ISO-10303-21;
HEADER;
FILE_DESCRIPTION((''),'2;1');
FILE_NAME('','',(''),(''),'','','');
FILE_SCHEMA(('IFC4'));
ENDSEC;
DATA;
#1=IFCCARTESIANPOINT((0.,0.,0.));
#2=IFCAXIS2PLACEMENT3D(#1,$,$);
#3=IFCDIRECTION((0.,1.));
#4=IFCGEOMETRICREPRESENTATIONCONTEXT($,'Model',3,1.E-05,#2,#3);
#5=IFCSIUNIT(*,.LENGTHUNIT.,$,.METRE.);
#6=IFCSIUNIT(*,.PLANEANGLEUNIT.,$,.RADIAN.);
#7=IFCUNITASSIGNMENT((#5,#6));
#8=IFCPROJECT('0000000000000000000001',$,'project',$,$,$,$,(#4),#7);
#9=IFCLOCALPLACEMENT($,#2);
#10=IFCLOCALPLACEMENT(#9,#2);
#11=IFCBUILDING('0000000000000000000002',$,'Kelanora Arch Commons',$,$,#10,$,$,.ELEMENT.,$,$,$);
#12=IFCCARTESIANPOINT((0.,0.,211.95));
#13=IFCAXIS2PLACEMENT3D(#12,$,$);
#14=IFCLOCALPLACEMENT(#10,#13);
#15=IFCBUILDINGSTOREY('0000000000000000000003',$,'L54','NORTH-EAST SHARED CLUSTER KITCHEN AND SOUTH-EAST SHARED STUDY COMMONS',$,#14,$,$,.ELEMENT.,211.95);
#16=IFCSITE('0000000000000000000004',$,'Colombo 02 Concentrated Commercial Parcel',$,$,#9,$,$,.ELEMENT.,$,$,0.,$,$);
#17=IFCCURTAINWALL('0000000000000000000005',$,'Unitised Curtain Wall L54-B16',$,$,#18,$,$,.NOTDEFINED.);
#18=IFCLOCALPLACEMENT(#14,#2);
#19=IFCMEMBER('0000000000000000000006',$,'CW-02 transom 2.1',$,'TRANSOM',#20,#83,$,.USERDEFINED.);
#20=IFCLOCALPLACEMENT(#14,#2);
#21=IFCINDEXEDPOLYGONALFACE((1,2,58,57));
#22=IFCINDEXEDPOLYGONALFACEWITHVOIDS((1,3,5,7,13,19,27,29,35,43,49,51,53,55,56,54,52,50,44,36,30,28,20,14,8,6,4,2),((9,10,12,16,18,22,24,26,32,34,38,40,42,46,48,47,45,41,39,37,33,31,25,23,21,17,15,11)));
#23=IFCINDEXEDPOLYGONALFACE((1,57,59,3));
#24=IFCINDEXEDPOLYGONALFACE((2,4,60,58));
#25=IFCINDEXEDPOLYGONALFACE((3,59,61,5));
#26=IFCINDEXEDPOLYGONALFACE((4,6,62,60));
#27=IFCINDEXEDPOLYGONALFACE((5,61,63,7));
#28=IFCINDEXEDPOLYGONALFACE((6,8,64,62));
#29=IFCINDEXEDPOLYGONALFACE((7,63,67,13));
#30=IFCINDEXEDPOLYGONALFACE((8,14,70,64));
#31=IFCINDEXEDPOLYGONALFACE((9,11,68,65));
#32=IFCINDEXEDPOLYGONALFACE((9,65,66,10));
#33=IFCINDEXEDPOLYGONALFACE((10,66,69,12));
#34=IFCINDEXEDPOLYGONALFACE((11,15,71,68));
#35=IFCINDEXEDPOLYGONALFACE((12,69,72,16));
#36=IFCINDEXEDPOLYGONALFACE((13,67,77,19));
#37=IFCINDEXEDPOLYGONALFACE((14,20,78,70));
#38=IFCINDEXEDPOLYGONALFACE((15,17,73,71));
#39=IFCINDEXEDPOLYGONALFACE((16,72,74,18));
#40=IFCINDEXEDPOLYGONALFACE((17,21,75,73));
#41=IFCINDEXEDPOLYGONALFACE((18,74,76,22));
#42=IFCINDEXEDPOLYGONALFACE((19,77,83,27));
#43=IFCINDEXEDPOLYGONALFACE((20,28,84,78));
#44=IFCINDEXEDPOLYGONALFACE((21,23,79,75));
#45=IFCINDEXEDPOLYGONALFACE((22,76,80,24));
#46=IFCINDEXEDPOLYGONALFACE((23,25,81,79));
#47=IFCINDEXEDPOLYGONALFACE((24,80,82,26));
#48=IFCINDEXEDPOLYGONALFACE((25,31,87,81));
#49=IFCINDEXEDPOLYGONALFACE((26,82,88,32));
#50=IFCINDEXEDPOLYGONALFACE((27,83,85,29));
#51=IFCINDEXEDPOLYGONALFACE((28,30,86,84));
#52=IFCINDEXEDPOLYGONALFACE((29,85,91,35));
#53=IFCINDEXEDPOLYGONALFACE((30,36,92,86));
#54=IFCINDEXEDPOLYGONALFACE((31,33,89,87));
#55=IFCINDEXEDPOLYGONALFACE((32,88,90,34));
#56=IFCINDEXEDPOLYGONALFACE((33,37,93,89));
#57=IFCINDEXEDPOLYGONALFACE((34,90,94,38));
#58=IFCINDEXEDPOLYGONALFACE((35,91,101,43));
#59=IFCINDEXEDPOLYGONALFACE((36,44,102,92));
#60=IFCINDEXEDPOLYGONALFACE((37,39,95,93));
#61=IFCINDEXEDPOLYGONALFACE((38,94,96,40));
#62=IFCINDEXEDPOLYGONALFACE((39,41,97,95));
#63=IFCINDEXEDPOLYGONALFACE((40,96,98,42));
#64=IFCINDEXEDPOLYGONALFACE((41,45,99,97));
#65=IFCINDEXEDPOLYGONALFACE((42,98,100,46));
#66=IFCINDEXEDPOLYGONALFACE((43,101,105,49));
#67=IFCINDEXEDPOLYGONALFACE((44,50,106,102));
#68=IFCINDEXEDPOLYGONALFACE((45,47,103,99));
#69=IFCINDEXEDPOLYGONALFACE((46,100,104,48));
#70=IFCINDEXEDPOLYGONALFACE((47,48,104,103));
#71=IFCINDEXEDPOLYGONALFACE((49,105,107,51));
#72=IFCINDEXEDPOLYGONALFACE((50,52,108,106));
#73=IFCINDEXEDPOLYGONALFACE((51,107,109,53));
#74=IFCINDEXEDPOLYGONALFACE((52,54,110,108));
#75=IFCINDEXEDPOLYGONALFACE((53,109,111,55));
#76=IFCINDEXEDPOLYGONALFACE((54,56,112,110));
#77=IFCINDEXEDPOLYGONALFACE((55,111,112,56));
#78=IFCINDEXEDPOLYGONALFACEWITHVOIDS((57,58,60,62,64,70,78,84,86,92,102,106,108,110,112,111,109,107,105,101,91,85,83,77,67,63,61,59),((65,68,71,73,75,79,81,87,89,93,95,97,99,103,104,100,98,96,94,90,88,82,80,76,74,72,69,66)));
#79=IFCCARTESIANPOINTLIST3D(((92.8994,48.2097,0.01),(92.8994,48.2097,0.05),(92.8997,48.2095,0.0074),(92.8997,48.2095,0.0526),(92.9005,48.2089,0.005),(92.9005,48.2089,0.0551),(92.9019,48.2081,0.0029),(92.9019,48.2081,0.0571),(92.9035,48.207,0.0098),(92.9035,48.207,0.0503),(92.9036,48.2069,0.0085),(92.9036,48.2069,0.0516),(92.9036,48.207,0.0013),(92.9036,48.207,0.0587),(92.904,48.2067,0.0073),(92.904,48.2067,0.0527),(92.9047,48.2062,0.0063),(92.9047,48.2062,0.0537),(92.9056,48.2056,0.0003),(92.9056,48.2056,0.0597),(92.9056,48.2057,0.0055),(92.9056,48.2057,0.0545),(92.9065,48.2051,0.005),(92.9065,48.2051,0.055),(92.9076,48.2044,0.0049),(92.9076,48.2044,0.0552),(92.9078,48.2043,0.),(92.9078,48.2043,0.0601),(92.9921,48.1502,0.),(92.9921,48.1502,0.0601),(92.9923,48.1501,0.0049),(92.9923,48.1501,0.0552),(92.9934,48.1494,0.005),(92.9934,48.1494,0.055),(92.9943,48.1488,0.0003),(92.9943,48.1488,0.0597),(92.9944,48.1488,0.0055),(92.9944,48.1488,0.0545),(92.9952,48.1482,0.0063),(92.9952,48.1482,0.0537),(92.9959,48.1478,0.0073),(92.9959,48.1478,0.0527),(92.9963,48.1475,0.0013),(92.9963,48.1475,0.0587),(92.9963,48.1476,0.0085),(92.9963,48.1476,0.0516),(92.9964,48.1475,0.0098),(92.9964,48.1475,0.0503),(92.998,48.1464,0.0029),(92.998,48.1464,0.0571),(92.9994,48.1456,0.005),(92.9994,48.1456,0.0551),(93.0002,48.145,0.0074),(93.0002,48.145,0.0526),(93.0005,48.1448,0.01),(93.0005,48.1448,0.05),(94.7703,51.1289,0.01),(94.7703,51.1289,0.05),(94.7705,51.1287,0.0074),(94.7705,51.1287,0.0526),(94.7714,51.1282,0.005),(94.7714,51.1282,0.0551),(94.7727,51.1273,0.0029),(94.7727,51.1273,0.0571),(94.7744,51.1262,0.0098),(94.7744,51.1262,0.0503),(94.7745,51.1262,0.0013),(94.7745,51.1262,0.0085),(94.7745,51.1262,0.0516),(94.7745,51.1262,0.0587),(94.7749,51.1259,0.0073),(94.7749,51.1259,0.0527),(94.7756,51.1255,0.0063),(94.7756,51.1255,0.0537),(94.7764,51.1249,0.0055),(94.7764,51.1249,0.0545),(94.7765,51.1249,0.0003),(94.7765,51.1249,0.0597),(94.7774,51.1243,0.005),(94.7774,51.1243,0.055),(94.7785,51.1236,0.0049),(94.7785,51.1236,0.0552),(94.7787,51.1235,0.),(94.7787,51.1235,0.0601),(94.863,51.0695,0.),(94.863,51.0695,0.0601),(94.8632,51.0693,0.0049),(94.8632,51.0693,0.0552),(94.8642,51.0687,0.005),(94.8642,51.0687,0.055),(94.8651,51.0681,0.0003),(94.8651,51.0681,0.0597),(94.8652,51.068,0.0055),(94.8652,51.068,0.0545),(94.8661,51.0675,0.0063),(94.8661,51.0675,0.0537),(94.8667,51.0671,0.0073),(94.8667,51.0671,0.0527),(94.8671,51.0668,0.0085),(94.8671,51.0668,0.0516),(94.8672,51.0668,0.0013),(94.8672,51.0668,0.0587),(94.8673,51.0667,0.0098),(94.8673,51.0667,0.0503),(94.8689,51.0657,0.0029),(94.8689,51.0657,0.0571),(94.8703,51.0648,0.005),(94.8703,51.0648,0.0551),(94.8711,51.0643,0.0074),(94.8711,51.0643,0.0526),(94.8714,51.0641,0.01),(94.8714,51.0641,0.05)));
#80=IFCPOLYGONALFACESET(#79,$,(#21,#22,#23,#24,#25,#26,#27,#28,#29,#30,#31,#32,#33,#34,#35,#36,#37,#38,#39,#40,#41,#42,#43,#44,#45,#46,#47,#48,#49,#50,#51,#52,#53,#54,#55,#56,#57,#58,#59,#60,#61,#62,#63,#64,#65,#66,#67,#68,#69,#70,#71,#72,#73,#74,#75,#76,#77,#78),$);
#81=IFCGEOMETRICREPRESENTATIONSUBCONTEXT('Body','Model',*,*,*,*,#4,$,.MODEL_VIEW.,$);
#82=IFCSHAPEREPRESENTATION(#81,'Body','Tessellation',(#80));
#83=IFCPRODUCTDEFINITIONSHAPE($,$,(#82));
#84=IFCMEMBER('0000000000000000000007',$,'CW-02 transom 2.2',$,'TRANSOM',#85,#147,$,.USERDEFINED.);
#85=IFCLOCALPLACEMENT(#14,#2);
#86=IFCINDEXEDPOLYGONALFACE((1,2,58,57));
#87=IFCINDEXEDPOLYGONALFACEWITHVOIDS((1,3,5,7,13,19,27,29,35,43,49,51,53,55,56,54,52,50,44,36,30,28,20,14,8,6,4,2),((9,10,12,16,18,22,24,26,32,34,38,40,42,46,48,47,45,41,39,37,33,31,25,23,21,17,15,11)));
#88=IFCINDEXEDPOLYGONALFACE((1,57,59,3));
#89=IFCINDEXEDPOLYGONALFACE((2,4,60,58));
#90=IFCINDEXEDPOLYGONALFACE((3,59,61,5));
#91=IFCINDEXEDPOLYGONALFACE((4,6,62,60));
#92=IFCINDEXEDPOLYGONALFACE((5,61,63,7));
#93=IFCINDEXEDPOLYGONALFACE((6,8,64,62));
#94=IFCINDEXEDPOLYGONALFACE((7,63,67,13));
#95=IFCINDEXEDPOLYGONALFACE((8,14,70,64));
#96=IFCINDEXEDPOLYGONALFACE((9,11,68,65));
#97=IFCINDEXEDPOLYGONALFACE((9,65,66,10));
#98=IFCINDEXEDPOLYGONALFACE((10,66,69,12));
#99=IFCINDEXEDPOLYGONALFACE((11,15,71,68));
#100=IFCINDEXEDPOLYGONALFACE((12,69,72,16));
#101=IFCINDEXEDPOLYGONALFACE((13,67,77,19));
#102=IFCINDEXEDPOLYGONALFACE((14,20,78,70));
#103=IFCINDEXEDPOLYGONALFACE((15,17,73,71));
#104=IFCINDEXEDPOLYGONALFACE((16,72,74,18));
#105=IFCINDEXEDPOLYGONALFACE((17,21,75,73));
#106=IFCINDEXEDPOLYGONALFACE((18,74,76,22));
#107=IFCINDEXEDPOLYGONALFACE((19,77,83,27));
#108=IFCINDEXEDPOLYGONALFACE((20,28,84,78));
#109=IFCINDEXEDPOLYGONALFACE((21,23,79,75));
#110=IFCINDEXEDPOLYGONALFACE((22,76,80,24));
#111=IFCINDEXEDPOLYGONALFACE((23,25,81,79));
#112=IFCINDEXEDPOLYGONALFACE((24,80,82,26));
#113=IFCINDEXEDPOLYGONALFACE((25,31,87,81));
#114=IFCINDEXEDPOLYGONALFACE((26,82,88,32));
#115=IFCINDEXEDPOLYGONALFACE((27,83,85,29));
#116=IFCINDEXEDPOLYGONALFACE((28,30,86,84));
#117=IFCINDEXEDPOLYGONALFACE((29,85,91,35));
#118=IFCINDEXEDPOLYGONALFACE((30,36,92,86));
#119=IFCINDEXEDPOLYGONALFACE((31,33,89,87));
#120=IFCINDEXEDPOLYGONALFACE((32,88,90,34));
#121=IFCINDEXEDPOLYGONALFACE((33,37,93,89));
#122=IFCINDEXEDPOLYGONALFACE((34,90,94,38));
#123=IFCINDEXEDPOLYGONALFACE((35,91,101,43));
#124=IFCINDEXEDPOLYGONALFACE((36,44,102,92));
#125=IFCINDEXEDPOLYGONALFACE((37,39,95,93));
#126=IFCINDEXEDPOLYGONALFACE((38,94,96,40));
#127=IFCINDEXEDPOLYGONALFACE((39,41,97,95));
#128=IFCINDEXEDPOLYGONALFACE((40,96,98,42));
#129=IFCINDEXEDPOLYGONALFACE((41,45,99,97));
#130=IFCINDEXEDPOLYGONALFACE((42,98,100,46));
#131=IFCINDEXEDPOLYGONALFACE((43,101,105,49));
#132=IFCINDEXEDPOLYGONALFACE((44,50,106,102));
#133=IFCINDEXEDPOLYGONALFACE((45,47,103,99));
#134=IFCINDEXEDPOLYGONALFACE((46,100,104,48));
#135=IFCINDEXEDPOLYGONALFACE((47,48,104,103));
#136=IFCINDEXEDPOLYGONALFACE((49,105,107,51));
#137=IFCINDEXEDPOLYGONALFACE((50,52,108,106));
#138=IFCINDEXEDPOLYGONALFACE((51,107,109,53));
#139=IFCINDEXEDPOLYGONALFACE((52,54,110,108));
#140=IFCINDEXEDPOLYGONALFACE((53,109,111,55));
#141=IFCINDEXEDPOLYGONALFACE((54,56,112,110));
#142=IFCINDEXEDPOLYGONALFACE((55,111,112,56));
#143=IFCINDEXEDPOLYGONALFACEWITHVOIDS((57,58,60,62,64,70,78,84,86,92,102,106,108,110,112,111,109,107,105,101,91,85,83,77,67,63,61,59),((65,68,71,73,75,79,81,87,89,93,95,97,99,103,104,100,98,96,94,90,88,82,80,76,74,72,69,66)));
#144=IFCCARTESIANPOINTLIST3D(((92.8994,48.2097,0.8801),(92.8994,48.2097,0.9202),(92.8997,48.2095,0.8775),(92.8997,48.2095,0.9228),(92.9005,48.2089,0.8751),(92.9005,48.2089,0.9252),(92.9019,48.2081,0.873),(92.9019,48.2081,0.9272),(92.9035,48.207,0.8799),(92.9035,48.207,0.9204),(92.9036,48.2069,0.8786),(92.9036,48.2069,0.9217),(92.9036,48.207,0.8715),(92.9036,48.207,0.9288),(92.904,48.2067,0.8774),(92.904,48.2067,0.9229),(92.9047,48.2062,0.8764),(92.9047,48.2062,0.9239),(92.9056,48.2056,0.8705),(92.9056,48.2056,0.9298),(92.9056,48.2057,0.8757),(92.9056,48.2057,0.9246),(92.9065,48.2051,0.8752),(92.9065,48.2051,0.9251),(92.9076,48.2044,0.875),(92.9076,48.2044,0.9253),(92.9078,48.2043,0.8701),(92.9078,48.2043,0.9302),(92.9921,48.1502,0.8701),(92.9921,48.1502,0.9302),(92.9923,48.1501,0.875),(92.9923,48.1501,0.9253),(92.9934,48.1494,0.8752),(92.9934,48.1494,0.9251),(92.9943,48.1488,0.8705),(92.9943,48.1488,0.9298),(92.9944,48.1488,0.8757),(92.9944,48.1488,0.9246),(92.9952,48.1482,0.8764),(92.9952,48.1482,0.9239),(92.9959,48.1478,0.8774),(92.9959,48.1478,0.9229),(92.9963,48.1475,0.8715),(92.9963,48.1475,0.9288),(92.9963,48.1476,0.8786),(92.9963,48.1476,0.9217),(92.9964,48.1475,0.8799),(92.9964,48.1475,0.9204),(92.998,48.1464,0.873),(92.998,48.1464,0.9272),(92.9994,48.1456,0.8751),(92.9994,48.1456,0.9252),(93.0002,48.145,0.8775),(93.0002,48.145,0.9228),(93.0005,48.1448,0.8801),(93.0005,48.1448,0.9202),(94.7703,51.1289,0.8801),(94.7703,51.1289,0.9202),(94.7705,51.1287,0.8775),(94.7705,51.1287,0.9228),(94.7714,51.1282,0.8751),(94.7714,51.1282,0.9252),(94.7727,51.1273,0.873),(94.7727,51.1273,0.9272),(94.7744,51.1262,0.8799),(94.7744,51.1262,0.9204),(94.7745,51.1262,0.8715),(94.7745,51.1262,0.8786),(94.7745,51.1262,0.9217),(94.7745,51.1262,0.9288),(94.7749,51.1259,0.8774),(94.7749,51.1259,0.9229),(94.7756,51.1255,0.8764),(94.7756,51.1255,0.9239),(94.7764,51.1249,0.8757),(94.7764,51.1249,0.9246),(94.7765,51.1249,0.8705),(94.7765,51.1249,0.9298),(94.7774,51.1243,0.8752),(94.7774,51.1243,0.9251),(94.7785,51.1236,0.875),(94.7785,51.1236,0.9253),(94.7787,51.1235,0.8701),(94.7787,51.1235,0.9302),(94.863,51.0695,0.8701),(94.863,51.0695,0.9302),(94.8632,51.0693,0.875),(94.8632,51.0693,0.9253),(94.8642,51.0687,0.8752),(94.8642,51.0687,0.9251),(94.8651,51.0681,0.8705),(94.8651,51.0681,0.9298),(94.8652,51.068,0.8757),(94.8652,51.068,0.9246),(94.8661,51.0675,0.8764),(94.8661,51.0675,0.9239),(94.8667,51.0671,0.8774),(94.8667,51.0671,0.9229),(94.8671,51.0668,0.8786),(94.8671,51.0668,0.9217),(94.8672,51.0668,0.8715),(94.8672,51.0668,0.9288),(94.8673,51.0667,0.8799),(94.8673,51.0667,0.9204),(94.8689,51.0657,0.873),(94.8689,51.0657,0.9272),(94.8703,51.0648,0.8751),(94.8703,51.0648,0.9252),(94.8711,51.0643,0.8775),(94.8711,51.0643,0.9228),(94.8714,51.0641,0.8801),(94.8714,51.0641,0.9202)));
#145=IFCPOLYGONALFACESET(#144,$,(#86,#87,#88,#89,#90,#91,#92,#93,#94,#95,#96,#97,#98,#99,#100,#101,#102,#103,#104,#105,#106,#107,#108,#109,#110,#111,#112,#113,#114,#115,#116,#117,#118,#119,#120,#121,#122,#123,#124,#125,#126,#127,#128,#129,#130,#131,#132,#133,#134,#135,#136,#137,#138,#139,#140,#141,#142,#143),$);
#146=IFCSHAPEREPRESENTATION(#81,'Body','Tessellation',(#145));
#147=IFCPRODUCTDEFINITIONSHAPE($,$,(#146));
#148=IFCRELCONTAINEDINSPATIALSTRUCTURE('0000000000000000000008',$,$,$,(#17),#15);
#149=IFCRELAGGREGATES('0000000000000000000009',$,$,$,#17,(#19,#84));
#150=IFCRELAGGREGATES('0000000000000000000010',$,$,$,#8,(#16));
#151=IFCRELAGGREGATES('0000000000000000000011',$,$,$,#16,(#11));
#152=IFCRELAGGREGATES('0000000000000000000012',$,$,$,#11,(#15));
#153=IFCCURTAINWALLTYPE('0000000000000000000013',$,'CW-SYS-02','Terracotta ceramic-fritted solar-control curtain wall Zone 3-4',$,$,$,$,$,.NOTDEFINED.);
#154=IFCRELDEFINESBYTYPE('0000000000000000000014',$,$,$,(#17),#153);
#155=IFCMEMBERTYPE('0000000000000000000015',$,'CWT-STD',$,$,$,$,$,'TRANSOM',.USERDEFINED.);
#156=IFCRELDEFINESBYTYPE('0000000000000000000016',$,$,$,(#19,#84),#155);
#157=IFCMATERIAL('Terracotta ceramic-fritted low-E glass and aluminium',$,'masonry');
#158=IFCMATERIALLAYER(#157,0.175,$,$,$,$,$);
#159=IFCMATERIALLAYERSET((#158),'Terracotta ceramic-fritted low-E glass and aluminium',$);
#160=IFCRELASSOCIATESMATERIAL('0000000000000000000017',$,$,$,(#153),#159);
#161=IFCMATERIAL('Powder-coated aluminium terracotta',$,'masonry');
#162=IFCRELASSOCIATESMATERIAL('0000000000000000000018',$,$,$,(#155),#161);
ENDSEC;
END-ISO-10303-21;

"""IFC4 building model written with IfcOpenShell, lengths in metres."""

from ifc_helpers import new_model, si_unit, direction, frame, origin, origin_2d, place, context, subcontext, project, spatial, hollow_rectangle, extrude, material, layer, layer_set, material_profile, profile_set, type_object, element, aggregate, save


model = new_model("IFC4")

# Units and contexts
model_context = context("Model", 3, precision=1e-05, world=origin(), true_north=direction((0.0, 1.0)))
body_context = subcontext(model_context, "Body", "Model", "MODEL_VIEW")
ifc_project = project(units=[si_unit("LENGTHUNIT", "METRE"), si_unit("PLANEANGLEUNIT", "RADIAN")], contexts=[model_context])

# Site, building, storey
site_placement = place(None, origin())
site = spatial("IfcSite", under=ifc_project, at=site_placement, Name="Colombo 02 Concentrated Commercial Parcel", CompositionType="ELEMENT", RefElevation=0.0)
building_placement = place(site_placement, origin())
building = spatial("IfcBuilding", under=site, at=building_placement, Name="Kelanora Arch Commons", CompositionType="ELEMENT")
storey_placement = place(building_placement, frame((0.0, 0.0, 211.95)))
storey = spatial("IfcBuildingStorey", under=building, at=storey_placement, Name="L54", Description="NORTH-EAST SHARED CLUSTER KITCHEN AND SOUTH-EAST SHARED STUDY COMMONS", CompositionType="ELEMENT", Elevation=211.95)

# Curtain wall, members
ifc_material_1 = material(Name="Terracotta ceramic-fritted low-E glass and aluminium", Category="masonry")
ifc_layer_1 = layer(ifc_material_1, 0.175)
ifc_layer_set_1 = layer_set([ifc_layer_1], Name="Terracotta ceramic-fritted low-E glass and aluminium")
curtain_wall_type = type_object("IfcCurtainWallType", Name="CW-SYS-02", Description="Terracotta ceramic-fritted solar-control curtain wall Zone 3-4", PredefinedType="NOTDEFINED", material=ifc_layer_set_1)
curtain_wall_placement = place(storey_placement, origin())
curtain_wall = element("IfcCurtainWall", 1, at=curtain_wall_placement, inside=storey, type_object=curtain_wall_type, Name="Unitised Curtain Wall L54-B16", PredefinedType="NOTDEFINED")
ifc_material_2 = material(Name="Powder-coated aluminium terracotta", Category="masonry")
ifc_material_profile_1 = material_profile(ifc_material_2, hollow_rectangle(XDim=0.1201, YDim=0.0601, WallThickness=0.0049, InnerFilletRadius=0.0049, OuterFilletRadius=0.01, at=origin_2d()), Name="CWT120x60")
ifc_profile_set_1 = profile_set([ifc_material_profile_1], Name="Powder-coated aluminium terracotta")
member_type_1 = type_object("IfcMemberType", Name="CWT-STD", ElementType="TRANSOM", PredefinedType="USERDEFINED", material=ifc_profile_set_1)
member_1_placement = place(storey_placement, frame((92.95, 48.1772, 0.03), z_axis=(0.539579, 0.841935, 0.0), x_axis=(-0.841935, 0.539579, 0.0)))
member_1 = element("IfcMember", 2, at=member_1_placement, type_object=member_type_1, Name="CW-02 transom 2.1", ObjectType="TRANSOM", PredefinedType="USERDEFINED", context=body_context, shape_type="SweptSolid", body=[
    extrude(hollow_rectangle(XDim=0.1201, YDim=0.0601, WallThickness=0.0049, InnerFilletRadius=0.0049, OuterFilletRadius=0.01, at=origin_2d()), origin(), (0.0, 0.0, 1.0), 3.4673),
])
member_2_placement = place(storey_placement, frame((92.95, 48.1772, 0.9001), z_axis=(0.539579, 0.841935, 0.0), x_axis=(-0.841935, 0.539579, 0.0)))
member_2 = element("IfcMember", 3, at=member_2_placement, type_object=member_type_1, Name="CW-02 transom 2.2", ObjectType="TRANSOM", PredefinedType="USERDEFINED", context=body_context, shape_type="SweptSolid", body=[
    extrude(hollow_rectangle(XDim=0.1201, YDim=0.0601, WallThickness=0.0049, InnerFilletRadius=0.0049, OuterFilletRadius=0.01, at=origin_2d()), origin(), (0.0, 0.0, 1.0), 3.4673),
])
aggregate(curtain_wall, [member_1, member_2])

save(model, "model.ifc")
